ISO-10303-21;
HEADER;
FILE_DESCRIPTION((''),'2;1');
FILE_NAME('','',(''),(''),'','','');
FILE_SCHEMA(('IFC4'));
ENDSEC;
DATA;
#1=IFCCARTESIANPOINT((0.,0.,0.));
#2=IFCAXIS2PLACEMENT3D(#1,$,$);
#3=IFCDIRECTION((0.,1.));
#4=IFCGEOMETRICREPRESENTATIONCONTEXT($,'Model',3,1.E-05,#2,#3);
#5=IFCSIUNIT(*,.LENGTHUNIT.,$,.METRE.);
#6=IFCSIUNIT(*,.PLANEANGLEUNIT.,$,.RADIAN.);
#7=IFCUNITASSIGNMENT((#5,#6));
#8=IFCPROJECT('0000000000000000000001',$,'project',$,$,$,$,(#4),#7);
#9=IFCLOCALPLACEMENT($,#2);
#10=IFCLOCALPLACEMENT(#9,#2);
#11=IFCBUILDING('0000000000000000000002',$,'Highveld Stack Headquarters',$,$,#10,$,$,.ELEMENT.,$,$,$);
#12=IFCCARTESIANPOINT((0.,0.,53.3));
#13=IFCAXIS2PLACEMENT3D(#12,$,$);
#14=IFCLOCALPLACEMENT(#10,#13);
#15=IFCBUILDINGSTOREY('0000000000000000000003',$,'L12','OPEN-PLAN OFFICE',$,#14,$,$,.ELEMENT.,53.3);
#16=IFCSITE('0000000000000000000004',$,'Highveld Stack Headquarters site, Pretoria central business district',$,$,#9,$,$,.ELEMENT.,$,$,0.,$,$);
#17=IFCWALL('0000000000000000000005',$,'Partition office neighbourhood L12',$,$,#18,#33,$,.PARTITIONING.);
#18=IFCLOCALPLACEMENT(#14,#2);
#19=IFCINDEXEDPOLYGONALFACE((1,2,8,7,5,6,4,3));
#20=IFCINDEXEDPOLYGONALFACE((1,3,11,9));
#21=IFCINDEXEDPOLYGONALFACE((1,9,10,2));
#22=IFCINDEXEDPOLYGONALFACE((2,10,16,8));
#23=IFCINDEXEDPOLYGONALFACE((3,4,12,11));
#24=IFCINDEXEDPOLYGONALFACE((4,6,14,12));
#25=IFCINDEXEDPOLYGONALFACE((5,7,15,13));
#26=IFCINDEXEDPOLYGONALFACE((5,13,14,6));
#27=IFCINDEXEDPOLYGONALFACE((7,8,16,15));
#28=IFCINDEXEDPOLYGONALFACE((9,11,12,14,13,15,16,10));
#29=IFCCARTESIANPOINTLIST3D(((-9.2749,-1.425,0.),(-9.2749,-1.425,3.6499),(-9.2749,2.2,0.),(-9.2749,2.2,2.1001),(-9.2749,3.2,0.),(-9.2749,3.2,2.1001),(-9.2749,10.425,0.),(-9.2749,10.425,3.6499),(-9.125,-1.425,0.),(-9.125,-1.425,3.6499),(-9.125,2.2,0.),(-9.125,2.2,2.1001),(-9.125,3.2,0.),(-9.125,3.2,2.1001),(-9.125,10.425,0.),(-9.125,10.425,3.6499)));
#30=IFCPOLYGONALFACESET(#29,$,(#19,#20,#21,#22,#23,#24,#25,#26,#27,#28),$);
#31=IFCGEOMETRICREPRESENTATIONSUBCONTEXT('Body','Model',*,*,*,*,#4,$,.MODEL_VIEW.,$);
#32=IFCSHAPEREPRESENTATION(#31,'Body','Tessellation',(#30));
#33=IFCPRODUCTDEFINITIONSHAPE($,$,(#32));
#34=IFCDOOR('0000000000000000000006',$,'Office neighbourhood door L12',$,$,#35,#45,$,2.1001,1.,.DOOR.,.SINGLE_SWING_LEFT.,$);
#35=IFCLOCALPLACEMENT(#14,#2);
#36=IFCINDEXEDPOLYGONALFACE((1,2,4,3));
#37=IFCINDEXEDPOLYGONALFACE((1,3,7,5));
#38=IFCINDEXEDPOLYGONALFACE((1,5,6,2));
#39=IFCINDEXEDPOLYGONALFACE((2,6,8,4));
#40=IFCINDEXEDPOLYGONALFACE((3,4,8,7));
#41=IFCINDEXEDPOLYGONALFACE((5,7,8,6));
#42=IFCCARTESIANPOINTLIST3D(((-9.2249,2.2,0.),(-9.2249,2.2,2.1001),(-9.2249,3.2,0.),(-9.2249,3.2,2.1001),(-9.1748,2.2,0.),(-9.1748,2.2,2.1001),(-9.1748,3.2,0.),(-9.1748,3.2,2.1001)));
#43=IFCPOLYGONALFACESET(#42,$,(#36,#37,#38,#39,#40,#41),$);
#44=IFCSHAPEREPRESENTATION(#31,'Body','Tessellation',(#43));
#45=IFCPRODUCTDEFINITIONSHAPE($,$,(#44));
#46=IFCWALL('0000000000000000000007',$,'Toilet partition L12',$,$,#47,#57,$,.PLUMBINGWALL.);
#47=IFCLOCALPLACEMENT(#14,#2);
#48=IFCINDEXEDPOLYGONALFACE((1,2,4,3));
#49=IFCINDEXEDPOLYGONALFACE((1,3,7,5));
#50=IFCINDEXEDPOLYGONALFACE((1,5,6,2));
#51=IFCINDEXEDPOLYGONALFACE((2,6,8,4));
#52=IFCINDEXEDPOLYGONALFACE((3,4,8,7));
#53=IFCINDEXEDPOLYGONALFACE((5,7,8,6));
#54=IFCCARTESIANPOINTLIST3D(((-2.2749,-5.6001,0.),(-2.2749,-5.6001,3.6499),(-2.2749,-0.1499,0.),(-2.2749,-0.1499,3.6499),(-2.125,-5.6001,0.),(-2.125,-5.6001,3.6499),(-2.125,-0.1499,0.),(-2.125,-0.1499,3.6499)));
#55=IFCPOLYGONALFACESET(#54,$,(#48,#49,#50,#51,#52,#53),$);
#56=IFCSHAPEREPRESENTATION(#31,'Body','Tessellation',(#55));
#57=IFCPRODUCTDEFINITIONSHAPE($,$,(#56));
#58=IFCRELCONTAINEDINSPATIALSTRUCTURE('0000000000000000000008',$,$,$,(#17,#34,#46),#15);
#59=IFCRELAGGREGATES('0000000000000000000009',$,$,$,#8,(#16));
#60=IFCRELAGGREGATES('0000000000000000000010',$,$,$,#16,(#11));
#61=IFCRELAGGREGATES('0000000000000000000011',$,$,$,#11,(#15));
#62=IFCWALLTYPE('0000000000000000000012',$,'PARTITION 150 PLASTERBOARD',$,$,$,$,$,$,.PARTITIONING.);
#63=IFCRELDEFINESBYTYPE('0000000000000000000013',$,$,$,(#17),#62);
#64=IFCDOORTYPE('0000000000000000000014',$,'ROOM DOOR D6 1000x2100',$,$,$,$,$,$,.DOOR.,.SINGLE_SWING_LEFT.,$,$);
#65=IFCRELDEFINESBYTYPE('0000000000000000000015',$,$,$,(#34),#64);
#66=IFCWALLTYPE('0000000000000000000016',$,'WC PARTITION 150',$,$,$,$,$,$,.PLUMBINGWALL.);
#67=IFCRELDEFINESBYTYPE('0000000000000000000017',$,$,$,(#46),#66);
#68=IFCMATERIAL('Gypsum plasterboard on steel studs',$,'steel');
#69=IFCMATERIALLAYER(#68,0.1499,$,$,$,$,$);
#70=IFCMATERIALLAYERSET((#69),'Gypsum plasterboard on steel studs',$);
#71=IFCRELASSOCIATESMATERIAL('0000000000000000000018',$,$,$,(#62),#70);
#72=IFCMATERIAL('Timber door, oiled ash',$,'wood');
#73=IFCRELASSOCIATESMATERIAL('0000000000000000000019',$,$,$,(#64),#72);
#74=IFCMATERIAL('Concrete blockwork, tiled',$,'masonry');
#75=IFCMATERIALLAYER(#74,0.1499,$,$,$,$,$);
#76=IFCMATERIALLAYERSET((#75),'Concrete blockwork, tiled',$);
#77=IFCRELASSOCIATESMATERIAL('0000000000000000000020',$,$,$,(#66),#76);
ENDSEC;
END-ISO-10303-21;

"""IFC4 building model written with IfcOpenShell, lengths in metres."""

from ifc_helpers import new_model, si_unit, direction, frame, frame_2d, origin, place, context, subcontext, project, spatial, rectangle, extrude, material, layer, layer_set, type_object, element, fill, save


model = new_model("IFC4")

# Units and contexts
model_context = context("Model", 3, precision=1e-05, world=origin(), true_north=direction((0.0, 1.0)))
body_context = subcontext(model_context, "Body", "Model", "MODEL_VIEW")
ifc_project = project(units=[si_unit("LENGTHUNIT", "METRE"), si_unit("PLANEANGLEUNIT", "RADIAN")], contexts=[model_context])

# Site, building, storey
site_placement = place(None, origin())
site = spatial("IfcSite", under=ifc_project, at=site_placement, Name="Highveld Stack Headquarters site, Pretoria central business district", CompositionType="ELEMENT", RefElevation=0.0)
building_placement = place(site_placement, origin())
building = spatial("IfcBuilding", under=site, at=building_placement, Name="Highveld Stack Headquarters", CompositionType="ELEMENT")
storey_placement = place(building_placement, frame((0.0, 0.0, 53.3)))
storey = spatial("IfcBuildingStorey", under=building, at=storey_placement, Name="L12", Description="OPEN-PLAN OFFICE", CompositionType="ELEMENT", Elevation=53.3)

# Shared definitions
ifc_material_1 = material(Name="Gypsum plasterboard on steel studs", Category="steel")
ifc_layer_1 = layer(ifc_material_1, 0.1499)
ifc_layer_set_1 = layer_set([ifc_layer_1], Name="Gypsum plasterboard on steel studs")
wall_type_1 = type_object("IfcWallType", Name="PARTITION 150 PLASTERBOARD", PredefinedType="PARTITIONING", material=ifc_layer_set_1)
ifc_material_2 = material(Name="Timber door, oiled ash", Category="wood")
door_type_1 = type_object("IfcDoorType", Name="ROOM DOOR D6 1000x2100", OperationType="SINGLE_SWING_LEFT", PredefinedType="DOOR", material=ifc_material_2)

# Wall, opening, door
wall_1_placement = place(storey_placement, frame((-9.2, -1.425, 0.0), z_axis=(0.0, 0.0, 1.0), x_axis=(0.0, 1.0, 0.0)))
wall_1 = element("IfcWall", 1, at=wall_1_placement, inside=storey, type_object=wall_type_1, Name="Partition office neighbourhood L12", PredefinedType="PARTITIONING", context=body_context, shape_type="SweptSolid", body=[
    extrude(rectangle(XDim=11.8501, YDim=0.1499, at=frame_2d((5.925, 0.0))), origin(), (0.0, 0.0, 1.0), 3.6499),
])
opening_1_placement = place(wall_1_placement, frame((3.625, 0.0, 0.0)))
opening_1 = element("IfcOpeningElement", 2, at=opening_1_placement, cuts=wall_1, PredefinedType="OPENING", context=body_context, shape_type="SweptSolid", body=[
    extrude(rectangle(XDim=1.0, YDim=2.1001, at=frame_2d((0.5, 1.05))), frame((0.0, 0.085, 0.0), z_axis=(0.0, -1.0, 0.0), x_axis=(1.0, 0.0, 0.0)), (0.0, 0.0, 1.0), 0.1699),
])
door_1_placement = place(opening_1_placement, origin())
door_1 = element("IfcDoor", 3, at=door_1_placement, inside=storey, type_object=door_type_1, Name="Office neighbourhood door L12", OperationType="SINGLE_SWING_LEFT", OverallHeight=2.1001, OverallWidth=1.0, PredefinedType="DOOR", context=body_context, shape_type="SweptSolid", body=[
    extrude(rectangle(XDim=1.0, YDim=2.1001, at=frame_2d((0.5, 1.05))), frame((0.0, 0.0249, 0.0), z_axis=(0.0, -1.0, 0.0), x_axis=(1.0, 0.0, 0.0)), (0.0, 0.0, 1.0), 0.05),
])
fill(opening_1, door_1)

# Wall
ifc_material_3 = material(Name="Concrete blockwork, tiled", Category="masonry")
ifc_layer_2 = layer(ifc_material_3, 0.1499)
ifc_layer_set_2 = layer_set([ifc_layer_2], Name="Concrete blockwork, tiled")
wall_type_2 = type_object("IfcWallType", Name="WC PARTITION 150", PredefinedType="PLUMBINGWALL", material=ifc_layer_set_2)
wall_2_placement = place(storey_placement, frame((-2.2, -5.6001, 0.0), z_axis=(0.0, 0.0, 1.0), x_axis=(0.0, 1.0, 0.0)))
element("IfcWall", 4, at=wall_2_placement, inside=storey, type_object=wall_type_2, Name="Toilet partition L12", PredefinedType="PLUMBINGWALL", context=body_context, shape_type="SweptSolid", body=[
    extrude(rectangle(XDim=5.4502, YDim=0.1499, at=frame_2d((2.7251, 0.0))), origin(), (0.0, 0.0, 1.0), 3.6499),
])

save(model, "model.ifc")
